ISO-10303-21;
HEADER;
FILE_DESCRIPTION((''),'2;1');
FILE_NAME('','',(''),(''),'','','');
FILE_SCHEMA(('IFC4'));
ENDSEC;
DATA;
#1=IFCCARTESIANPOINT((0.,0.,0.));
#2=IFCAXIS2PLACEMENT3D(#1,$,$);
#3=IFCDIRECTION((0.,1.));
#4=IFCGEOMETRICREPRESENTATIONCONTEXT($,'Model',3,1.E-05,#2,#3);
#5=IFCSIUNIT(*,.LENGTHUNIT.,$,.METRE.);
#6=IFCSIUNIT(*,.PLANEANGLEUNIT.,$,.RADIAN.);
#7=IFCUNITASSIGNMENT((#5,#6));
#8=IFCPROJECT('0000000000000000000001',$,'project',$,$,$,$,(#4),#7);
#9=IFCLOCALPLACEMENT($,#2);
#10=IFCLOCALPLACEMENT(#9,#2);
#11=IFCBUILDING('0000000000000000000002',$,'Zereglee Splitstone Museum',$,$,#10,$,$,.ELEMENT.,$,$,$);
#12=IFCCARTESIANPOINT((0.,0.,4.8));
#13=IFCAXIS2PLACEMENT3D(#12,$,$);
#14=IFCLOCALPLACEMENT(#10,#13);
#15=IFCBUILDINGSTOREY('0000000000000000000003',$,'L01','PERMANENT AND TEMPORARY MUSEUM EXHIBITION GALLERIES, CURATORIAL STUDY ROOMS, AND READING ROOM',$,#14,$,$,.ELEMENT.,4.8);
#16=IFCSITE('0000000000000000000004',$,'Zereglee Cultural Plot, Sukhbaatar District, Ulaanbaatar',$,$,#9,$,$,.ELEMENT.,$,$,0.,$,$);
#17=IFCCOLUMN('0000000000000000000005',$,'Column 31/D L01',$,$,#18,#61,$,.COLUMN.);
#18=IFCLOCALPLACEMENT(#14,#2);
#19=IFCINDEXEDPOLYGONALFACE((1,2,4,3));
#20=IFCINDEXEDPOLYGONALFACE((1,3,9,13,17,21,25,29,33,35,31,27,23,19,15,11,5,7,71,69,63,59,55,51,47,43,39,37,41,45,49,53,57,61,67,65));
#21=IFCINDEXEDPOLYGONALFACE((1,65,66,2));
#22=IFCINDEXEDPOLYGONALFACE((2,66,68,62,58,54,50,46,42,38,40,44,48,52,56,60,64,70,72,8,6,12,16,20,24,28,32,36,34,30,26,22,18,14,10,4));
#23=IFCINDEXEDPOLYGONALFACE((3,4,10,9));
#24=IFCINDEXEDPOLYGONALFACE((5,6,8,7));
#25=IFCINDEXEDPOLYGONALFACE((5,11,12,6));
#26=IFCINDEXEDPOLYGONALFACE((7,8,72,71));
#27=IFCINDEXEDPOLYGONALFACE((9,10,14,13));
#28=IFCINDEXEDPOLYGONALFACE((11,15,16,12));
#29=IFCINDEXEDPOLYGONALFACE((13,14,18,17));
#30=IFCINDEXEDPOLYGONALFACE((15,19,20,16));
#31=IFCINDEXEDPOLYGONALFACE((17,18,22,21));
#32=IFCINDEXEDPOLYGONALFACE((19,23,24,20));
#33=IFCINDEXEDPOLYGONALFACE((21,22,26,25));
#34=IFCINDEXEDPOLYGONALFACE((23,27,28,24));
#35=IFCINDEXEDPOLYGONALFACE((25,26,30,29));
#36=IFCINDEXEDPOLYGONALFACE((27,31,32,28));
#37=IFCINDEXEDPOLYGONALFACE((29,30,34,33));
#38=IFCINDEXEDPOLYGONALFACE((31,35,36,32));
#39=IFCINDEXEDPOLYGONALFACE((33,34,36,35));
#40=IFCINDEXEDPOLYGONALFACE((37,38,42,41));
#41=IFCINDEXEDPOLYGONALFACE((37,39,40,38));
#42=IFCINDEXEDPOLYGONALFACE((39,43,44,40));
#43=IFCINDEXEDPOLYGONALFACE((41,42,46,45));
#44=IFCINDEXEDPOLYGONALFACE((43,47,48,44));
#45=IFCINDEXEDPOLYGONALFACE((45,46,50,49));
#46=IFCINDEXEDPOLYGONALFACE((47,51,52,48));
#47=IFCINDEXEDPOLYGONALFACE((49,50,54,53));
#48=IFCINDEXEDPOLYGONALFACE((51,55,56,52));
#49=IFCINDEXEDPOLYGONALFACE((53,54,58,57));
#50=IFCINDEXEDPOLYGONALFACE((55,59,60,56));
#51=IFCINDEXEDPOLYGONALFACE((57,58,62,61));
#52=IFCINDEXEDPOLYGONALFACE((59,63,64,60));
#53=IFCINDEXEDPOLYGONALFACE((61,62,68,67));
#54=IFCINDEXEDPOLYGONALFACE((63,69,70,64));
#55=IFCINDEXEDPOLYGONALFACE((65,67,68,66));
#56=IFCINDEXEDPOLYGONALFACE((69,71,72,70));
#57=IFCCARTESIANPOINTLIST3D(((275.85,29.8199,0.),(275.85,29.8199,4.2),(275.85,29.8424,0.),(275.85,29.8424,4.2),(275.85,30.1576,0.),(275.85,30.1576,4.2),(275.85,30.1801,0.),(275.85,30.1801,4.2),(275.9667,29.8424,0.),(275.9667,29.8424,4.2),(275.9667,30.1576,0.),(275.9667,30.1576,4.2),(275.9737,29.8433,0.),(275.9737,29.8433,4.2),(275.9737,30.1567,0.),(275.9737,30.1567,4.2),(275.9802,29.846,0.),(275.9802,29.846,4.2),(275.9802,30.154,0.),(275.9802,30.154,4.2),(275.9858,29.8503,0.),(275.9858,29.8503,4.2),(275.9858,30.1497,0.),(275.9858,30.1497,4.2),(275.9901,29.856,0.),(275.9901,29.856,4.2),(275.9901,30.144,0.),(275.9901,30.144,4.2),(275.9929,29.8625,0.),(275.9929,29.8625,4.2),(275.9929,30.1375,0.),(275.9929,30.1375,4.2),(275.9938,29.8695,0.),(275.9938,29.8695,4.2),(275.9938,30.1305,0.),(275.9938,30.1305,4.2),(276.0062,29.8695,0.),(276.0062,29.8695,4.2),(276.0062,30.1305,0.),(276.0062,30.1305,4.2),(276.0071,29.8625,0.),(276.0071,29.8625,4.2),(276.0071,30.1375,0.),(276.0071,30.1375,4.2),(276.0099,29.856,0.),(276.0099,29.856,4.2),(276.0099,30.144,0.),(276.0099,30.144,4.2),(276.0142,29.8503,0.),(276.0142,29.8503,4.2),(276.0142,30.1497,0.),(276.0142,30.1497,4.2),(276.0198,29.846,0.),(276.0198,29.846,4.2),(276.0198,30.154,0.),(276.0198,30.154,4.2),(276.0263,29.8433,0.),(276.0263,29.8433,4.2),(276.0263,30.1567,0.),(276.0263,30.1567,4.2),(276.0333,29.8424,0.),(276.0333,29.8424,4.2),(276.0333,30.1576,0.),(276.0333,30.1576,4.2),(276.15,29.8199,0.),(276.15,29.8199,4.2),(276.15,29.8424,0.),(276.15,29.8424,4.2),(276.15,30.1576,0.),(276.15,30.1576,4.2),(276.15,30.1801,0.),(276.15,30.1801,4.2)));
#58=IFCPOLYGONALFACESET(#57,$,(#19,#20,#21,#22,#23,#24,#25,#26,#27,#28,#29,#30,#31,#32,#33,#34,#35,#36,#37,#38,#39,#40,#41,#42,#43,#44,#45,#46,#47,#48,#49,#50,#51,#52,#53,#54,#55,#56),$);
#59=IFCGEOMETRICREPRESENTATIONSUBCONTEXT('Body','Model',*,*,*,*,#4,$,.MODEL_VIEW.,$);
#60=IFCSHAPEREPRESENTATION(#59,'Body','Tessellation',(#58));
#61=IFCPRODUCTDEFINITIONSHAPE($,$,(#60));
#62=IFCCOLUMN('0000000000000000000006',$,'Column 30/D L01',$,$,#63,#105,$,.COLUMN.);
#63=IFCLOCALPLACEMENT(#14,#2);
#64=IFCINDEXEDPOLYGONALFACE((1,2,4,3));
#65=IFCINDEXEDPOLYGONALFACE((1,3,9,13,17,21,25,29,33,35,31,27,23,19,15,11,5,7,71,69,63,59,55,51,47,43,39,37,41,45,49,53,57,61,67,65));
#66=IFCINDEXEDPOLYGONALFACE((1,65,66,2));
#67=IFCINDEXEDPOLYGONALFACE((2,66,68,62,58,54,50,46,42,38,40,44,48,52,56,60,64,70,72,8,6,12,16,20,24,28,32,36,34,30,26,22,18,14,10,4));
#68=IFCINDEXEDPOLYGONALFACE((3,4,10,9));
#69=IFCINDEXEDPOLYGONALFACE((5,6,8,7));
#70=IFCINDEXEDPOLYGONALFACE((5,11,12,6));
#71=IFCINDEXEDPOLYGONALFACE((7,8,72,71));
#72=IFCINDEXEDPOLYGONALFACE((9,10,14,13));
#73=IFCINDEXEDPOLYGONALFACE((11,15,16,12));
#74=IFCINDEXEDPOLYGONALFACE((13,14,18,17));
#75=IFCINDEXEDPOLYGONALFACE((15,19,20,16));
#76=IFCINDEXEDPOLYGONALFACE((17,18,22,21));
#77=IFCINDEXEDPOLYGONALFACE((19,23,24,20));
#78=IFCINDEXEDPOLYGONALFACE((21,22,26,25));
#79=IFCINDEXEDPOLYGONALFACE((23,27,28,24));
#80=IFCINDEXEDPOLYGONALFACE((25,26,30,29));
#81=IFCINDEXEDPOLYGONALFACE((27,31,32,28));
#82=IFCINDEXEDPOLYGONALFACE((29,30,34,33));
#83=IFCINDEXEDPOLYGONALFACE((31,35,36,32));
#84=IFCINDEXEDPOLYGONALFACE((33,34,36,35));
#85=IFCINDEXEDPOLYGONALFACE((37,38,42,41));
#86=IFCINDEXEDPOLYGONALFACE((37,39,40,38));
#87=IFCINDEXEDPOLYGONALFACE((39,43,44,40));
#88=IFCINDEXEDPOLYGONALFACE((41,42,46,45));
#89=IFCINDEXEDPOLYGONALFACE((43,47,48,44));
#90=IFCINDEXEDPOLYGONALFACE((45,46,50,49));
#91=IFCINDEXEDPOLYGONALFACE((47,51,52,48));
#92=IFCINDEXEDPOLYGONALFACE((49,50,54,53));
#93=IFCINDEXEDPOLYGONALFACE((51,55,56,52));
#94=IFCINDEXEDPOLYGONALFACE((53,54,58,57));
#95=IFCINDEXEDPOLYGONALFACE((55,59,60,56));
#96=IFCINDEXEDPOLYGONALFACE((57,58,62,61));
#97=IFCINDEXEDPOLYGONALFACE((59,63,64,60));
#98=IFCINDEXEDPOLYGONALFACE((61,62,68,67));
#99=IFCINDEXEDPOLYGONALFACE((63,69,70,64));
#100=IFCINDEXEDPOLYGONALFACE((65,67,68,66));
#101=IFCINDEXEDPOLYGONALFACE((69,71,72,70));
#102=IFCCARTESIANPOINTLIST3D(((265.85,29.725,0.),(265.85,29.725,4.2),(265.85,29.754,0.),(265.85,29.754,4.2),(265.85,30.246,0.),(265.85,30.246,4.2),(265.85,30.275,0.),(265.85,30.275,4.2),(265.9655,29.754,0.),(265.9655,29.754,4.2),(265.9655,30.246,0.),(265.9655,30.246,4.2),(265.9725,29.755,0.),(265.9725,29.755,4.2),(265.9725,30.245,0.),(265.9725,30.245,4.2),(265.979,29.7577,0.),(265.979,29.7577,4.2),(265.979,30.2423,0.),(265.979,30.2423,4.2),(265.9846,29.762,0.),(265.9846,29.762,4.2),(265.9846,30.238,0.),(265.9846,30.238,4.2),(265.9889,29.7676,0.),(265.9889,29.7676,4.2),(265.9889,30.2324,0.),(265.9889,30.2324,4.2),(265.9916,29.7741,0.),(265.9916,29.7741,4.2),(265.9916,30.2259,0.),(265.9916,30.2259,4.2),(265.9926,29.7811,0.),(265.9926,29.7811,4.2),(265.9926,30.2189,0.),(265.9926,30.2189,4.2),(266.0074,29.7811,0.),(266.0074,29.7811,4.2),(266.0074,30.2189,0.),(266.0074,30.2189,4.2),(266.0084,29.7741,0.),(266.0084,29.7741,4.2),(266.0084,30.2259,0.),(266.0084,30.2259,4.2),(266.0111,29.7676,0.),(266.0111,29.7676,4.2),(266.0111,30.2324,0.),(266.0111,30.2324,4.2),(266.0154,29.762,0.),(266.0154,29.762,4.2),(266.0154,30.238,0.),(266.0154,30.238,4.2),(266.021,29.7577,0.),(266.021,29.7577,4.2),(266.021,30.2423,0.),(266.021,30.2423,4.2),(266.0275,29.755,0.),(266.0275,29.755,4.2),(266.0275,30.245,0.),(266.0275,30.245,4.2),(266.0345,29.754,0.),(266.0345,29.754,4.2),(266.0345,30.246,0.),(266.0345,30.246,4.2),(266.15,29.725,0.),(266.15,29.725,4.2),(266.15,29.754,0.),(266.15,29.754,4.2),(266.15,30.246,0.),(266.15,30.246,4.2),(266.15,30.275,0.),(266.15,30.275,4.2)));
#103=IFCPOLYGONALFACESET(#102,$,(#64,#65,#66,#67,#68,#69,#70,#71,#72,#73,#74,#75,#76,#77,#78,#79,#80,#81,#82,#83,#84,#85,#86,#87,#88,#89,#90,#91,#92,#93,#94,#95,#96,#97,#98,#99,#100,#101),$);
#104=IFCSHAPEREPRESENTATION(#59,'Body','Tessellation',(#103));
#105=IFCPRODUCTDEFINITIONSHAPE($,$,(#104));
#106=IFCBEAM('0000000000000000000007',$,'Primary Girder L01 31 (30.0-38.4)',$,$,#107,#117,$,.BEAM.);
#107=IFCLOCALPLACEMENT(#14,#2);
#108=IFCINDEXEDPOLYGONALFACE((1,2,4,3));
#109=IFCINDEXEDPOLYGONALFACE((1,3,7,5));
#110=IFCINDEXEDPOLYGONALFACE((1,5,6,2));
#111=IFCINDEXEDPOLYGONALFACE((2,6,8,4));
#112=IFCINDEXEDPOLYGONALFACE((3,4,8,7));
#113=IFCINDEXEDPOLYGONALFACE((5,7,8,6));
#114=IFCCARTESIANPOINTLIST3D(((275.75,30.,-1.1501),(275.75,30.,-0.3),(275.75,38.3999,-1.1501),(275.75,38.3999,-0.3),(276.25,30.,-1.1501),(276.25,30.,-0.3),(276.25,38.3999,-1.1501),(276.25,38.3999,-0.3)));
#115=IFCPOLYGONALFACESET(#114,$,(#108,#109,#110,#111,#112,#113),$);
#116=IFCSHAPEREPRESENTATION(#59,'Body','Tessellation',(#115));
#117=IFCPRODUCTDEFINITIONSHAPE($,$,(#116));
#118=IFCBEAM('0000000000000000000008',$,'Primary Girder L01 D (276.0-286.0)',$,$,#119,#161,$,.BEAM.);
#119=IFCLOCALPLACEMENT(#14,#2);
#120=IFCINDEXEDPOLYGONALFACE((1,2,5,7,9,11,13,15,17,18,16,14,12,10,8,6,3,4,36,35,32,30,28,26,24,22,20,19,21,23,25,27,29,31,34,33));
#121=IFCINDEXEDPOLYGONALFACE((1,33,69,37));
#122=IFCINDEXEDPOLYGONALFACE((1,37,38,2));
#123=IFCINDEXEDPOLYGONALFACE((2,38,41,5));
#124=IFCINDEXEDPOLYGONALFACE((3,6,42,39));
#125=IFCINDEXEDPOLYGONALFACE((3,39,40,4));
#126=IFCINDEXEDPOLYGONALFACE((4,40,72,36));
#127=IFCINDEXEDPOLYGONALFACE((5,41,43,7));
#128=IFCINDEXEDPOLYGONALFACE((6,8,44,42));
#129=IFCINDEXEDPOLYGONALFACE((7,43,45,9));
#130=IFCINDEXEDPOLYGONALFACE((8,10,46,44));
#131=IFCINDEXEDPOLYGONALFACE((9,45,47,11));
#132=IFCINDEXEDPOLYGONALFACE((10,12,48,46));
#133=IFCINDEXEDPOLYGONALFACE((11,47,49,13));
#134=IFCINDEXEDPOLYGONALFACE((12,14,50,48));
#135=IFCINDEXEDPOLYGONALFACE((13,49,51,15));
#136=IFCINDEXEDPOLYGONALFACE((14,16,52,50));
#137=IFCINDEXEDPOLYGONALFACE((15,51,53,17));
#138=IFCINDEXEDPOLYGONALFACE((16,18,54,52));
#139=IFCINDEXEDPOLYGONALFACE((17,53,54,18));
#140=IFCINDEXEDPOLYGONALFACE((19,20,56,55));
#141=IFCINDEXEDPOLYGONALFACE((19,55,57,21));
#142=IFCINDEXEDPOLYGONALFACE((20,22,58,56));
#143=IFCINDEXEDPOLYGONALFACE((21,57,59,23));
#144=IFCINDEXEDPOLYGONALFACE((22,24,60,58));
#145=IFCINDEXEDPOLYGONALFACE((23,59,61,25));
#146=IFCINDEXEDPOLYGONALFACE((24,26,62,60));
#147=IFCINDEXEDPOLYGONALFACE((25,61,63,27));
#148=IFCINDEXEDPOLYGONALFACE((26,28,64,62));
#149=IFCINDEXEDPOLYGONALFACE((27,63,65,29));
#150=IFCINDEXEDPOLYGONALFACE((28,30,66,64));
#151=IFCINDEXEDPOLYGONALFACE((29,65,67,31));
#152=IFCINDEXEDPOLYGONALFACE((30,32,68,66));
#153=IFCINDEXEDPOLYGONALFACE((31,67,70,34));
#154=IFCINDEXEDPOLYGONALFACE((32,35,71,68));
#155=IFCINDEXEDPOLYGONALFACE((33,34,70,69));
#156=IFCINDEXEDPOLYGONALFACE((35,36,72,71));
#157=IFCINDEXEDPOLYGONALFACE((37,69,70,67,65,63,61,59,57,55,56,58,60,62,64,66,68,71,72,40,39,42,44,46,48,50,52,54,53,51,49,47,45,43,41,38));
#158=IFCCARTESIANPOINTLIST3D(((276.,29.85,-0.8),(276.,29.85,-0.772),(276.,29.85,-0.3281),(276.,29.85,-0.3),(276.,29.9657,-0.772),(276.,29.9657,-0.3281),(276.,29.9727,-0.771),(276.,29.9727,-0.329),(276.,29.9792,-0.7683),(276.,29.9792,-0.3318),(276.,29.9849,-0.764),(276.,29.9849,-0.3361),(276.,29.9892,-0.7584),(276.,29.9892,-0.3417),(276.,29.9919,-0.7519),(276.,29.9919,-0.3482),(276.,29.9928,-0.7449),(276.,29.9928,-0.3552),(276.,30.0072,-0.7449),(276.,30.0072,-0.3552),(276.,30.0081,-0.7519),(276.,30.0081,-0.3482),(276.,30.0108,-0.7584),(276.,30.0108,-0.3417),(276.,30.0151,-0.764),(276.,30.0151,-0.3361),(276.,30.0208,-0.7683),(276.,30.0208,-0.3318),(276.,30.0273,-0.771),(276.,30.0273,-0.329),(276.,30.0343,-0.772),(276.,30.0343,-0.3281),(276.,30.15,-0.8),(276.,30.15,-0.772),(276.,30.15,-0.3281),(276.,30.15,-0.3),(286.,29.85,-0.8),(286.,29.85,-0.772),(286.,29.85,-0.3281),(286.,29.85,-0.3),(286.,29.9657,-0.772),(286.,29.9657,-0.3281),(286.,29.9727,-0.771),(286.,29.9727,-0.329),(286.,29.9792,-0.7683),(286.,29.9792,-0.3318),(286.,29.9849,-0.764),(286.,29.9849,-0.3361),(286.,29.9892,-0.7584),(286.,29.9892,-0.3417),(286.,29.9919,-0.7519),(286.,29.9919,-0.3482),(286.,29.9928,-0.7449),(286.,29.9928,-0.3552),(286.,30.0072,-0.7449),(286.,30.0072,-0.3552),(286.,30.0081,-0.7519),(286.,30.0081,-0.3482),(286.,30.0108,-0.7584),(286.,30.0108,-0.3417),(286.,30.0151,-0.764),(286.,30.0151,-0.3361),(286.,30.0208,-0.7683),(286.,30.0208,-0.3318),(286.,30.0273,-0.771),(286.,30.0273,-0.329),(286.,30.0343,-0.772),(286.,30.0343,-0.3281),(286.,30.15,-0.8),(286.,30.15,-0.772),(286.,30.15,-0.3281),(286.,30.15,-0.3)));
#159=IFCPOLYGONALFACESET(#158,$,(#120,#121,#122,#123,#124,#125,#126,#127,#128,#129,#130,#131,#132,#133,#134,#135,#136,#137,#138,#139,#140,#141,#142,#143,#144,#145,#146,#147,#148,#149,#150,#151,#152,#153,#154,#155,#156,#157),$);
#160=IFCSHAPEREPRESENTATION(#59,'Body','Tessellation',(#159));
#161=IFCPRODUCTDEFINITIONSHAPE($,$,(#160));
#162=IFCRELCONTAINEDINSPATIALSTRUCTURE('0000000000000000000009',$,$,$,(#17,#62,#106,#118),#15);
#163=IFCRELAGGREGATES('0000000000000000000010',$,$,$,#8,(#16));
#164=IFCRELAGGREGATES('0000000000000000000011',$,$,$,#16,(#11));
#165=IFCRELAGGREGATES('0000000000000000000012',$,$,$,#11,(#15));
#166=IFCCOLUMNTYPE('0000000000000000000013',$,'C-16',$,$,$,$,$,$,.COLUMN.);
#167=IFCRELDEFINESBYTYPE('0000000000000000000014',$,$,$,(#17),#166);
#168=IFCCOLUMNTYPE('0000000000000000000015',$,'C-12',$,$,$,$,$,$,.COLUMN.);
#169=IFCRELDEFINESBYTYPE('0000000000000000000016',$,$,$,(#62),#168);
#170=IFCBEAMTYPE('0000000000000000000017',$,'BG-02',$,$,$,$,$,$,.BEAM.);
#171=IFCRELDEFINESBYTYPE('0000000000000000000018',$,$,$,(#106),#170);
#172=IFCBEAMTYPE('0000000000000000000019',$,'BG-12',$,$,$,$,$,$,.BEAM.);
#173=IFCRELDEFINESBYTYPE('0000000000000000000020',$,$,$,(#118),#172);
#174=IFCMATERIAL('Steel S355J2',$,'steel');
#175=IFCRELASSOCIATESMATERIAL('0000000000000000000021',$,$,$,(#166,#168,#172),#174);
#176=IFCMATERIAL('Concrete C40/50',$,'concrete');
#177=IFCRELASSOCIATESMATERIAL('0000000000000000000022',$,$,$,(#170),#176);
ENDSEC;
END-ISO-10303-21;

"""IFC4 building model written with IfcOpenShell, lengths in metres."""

from ifc_helpers import new_model, si_unit, direction, frame, origin, origin_2d, place, context, subcontext, project, spatial, rectangle, i_section, extrude, material, material_profile, profile_set, type_object, element, save


model = new_model("IFC4")

# Units and contexts
model_context = context("Model", 3, precision=1e-05, world=origin(), true_north=direction((0.0, 1.0)))
body_context = subcontext(model_context, "Body", "Model", "MODEL_VIEW")
ifc_project = project(units=[si_unit("LENGTHUNIT", "METRE"), si_unit("PLANEANGLEUNIT", "RADIAN")], contexts=[model_context])

# Site, building, storey
site_placement = place(None, origin())
site = spatial("IfcSite", under=ifc_project, at=site_placement, Name="Zereglee Cultural Plot, Sukhbaatar District, Ulaanbaatar", CompositionType="ELEMENT", RefElevation=0.0)
building_placement = place(site_placement, origin())
building = spatial("IfcBuilding", under=site, at=building_placement, Name="Zereglee Splitstone Museum", CompositionType="ELEMENT")
storey_placement = place(building_placement, frame((0.0, 0.0, 4.8)))
storey = spatial("IfcBuildingStorey", under=building, at=storey_placement, Name="L01", Description="PERMANENT AND TEMPORARY MUSEUM EXHIBITION GALLERIES, CURATORIAL STUDY ROOMS, AND READING ROOM", CompositionType="ELEMENT", Elevation=4.8)

# Columns
ifc_material_1 = material(Name="Steel S355J2", Category="steel")
ifc_material_profile_1 = material_profile(ifc_material_1, i_section(OverallWidth=0.3, OverallDepth=0.3601, WebThickness=0.0125, FlangeThickness=0.0225, FilletRadius=0.0271, at=origin_2d()), Name="HE 360 B")
ifc_profile_set_1 = profile_set([ifc_material_profile_1], Name="Steel S355J2")
column_type_1 = type_object("IfcColumnType", Name="C-16", PredefinedType="COLUMN", material=ifc_profile_set_1)
column_1_placement = place(storey_placement, frame((276.0, 30.0, 0.0), z_axis=(0.0, 0.0, 1.0), x_axis=(1.0, 0.0, 0.0)))
element("IfcColumn", 1, at=column_1_placement, inside=storey, type_object=column_type_1, Name="Column 31/D L01", PredefinedType="COLUMN", context=body_context, shape_type="SweptSolid", body=[
    extrude(i_section(OverallWidth=0.3, OverallDepth=0.3601, WebThickness=0.0125, FlangeThickness=0.0225, FilletRadius=0.0271, at=origin_2d()), origin(), (0.0, 0.0, 1.0), 4.2),
])
ifc_material_profile_2 = material_profile(ifc_material_1, i_section(OverallWidth=0.3, OverallDepth=0.55, WebThickness=0.0149, FlangeThickness=0.0291, FilletRadius=0.0271, at=origin_2d()), Name="HE 550 B")
ifc_profile_set_2 = profile_set([ifc_material_profile_2], Name="Steel S355J2")
column_type_2 = type_object("IfcColumnType", Name="C-12", PredefinedType="COLUMN", material=ifc_profile_set_2)
column_2_placement = place(storey_placement, frame((266.0, 30.0, 0.0), z_axis=(0.0, 0.0, 1.0), x_axis=(1.0, 0.0, 0.0)))
element("IfcColumn", 2, at=column_2_placement, inside=storey, type_object=column_type_2, Name="Column 30/D L01", PredefinedType="COLUMN", context=body_context, shape_type="SweptSolid", body=[
    extrude(i_section(OverallWidth=0.3, OverallDepth=0.55, WebThickness=0.0149, FlangeThickness=0.0291, FilletRadius=0.0271, at=origin_2d()), origin(), (0.0, 0.0, 1.0), 4.2),
])

# Beams
ifc_material_2 = material(Name="Concrete C40/50", Category="concrete")
ifc_material_profile_3 = material_profile(ifc_material_2, rectangle(XDim=0.5, YDim=0.8501, at=origin_2d()), Name="RC 500x850")
ifc_profile_set_3 = profile_set([ifc_material_profile_3], Name="Concrete C40/50")
beam_type_1 = type_object("IfcBeamType", Name="BG-02", PredefinedType="BEAM", material=ifc_profile_set_3)
beam_1_placement = place(storey_placement, frame((276.0, 30.0, -0.7251), z_axis=(0.0, 1.0, 0.0), x_axis=(-1.0, 0.0, 0.0)))
element("IfcBeam", 3, at=beam_1_placement, inside=storey, type_object=beam_type_1, Name="Primary Girder L01 31 (30.0-38.4)", PredefinedType="BEAM", context=body_context, shape_type="SweptSolid", body=[
    extrude(rectangle(XDim=0.5, YDim=0.8501, at=origin_2d()), origin(), (0.0, 0.0, 1.0), 8.3999),
])
ifc_material_profile_4 = material_profile(ifc_material_1, i_section(OverallWidth=0.3, OverallDepth=0.5, WebThickness=0.0144, FlangeThickness=0.0281, FilletRadius=0.0271, at=origin_2d()), Name="HE 500 B")
ifc_profile_set_4 = profile_set([ifc_material_profile_4], Name="Steel S355J2")
beam_type_2 = type_object("IfcBeamType", Name="BG-12", PredefinedType="BEAM", material=ifc_profile_set_4)
beam_2_placement = place(storey_placement, frame((276.0, 30.0, -0.55), z_axis=(1.0, 0.0, 0.0), x_axis=(0.0, 1.0, 0.0)))
element("IfcBeam", 4, at=beam_2_placement, inside=storey, type_object=beam_type_2, Name="Primary Girder L01 D (276.0-286.0)", PredefinedType="BEAM", context=body_context, shape_type="SweptSolid", body=[
    extrude(i_section(OverallWidth=0.3, OverallDepth=0.5, WebThickness=0.0144, FlangeThickness=0.0281, FilletRadius=0.0271, at=origin_2d()), origin(), (0.0, 0.0, 1.0), 10.0),
])

save(model, "model.ifc")
